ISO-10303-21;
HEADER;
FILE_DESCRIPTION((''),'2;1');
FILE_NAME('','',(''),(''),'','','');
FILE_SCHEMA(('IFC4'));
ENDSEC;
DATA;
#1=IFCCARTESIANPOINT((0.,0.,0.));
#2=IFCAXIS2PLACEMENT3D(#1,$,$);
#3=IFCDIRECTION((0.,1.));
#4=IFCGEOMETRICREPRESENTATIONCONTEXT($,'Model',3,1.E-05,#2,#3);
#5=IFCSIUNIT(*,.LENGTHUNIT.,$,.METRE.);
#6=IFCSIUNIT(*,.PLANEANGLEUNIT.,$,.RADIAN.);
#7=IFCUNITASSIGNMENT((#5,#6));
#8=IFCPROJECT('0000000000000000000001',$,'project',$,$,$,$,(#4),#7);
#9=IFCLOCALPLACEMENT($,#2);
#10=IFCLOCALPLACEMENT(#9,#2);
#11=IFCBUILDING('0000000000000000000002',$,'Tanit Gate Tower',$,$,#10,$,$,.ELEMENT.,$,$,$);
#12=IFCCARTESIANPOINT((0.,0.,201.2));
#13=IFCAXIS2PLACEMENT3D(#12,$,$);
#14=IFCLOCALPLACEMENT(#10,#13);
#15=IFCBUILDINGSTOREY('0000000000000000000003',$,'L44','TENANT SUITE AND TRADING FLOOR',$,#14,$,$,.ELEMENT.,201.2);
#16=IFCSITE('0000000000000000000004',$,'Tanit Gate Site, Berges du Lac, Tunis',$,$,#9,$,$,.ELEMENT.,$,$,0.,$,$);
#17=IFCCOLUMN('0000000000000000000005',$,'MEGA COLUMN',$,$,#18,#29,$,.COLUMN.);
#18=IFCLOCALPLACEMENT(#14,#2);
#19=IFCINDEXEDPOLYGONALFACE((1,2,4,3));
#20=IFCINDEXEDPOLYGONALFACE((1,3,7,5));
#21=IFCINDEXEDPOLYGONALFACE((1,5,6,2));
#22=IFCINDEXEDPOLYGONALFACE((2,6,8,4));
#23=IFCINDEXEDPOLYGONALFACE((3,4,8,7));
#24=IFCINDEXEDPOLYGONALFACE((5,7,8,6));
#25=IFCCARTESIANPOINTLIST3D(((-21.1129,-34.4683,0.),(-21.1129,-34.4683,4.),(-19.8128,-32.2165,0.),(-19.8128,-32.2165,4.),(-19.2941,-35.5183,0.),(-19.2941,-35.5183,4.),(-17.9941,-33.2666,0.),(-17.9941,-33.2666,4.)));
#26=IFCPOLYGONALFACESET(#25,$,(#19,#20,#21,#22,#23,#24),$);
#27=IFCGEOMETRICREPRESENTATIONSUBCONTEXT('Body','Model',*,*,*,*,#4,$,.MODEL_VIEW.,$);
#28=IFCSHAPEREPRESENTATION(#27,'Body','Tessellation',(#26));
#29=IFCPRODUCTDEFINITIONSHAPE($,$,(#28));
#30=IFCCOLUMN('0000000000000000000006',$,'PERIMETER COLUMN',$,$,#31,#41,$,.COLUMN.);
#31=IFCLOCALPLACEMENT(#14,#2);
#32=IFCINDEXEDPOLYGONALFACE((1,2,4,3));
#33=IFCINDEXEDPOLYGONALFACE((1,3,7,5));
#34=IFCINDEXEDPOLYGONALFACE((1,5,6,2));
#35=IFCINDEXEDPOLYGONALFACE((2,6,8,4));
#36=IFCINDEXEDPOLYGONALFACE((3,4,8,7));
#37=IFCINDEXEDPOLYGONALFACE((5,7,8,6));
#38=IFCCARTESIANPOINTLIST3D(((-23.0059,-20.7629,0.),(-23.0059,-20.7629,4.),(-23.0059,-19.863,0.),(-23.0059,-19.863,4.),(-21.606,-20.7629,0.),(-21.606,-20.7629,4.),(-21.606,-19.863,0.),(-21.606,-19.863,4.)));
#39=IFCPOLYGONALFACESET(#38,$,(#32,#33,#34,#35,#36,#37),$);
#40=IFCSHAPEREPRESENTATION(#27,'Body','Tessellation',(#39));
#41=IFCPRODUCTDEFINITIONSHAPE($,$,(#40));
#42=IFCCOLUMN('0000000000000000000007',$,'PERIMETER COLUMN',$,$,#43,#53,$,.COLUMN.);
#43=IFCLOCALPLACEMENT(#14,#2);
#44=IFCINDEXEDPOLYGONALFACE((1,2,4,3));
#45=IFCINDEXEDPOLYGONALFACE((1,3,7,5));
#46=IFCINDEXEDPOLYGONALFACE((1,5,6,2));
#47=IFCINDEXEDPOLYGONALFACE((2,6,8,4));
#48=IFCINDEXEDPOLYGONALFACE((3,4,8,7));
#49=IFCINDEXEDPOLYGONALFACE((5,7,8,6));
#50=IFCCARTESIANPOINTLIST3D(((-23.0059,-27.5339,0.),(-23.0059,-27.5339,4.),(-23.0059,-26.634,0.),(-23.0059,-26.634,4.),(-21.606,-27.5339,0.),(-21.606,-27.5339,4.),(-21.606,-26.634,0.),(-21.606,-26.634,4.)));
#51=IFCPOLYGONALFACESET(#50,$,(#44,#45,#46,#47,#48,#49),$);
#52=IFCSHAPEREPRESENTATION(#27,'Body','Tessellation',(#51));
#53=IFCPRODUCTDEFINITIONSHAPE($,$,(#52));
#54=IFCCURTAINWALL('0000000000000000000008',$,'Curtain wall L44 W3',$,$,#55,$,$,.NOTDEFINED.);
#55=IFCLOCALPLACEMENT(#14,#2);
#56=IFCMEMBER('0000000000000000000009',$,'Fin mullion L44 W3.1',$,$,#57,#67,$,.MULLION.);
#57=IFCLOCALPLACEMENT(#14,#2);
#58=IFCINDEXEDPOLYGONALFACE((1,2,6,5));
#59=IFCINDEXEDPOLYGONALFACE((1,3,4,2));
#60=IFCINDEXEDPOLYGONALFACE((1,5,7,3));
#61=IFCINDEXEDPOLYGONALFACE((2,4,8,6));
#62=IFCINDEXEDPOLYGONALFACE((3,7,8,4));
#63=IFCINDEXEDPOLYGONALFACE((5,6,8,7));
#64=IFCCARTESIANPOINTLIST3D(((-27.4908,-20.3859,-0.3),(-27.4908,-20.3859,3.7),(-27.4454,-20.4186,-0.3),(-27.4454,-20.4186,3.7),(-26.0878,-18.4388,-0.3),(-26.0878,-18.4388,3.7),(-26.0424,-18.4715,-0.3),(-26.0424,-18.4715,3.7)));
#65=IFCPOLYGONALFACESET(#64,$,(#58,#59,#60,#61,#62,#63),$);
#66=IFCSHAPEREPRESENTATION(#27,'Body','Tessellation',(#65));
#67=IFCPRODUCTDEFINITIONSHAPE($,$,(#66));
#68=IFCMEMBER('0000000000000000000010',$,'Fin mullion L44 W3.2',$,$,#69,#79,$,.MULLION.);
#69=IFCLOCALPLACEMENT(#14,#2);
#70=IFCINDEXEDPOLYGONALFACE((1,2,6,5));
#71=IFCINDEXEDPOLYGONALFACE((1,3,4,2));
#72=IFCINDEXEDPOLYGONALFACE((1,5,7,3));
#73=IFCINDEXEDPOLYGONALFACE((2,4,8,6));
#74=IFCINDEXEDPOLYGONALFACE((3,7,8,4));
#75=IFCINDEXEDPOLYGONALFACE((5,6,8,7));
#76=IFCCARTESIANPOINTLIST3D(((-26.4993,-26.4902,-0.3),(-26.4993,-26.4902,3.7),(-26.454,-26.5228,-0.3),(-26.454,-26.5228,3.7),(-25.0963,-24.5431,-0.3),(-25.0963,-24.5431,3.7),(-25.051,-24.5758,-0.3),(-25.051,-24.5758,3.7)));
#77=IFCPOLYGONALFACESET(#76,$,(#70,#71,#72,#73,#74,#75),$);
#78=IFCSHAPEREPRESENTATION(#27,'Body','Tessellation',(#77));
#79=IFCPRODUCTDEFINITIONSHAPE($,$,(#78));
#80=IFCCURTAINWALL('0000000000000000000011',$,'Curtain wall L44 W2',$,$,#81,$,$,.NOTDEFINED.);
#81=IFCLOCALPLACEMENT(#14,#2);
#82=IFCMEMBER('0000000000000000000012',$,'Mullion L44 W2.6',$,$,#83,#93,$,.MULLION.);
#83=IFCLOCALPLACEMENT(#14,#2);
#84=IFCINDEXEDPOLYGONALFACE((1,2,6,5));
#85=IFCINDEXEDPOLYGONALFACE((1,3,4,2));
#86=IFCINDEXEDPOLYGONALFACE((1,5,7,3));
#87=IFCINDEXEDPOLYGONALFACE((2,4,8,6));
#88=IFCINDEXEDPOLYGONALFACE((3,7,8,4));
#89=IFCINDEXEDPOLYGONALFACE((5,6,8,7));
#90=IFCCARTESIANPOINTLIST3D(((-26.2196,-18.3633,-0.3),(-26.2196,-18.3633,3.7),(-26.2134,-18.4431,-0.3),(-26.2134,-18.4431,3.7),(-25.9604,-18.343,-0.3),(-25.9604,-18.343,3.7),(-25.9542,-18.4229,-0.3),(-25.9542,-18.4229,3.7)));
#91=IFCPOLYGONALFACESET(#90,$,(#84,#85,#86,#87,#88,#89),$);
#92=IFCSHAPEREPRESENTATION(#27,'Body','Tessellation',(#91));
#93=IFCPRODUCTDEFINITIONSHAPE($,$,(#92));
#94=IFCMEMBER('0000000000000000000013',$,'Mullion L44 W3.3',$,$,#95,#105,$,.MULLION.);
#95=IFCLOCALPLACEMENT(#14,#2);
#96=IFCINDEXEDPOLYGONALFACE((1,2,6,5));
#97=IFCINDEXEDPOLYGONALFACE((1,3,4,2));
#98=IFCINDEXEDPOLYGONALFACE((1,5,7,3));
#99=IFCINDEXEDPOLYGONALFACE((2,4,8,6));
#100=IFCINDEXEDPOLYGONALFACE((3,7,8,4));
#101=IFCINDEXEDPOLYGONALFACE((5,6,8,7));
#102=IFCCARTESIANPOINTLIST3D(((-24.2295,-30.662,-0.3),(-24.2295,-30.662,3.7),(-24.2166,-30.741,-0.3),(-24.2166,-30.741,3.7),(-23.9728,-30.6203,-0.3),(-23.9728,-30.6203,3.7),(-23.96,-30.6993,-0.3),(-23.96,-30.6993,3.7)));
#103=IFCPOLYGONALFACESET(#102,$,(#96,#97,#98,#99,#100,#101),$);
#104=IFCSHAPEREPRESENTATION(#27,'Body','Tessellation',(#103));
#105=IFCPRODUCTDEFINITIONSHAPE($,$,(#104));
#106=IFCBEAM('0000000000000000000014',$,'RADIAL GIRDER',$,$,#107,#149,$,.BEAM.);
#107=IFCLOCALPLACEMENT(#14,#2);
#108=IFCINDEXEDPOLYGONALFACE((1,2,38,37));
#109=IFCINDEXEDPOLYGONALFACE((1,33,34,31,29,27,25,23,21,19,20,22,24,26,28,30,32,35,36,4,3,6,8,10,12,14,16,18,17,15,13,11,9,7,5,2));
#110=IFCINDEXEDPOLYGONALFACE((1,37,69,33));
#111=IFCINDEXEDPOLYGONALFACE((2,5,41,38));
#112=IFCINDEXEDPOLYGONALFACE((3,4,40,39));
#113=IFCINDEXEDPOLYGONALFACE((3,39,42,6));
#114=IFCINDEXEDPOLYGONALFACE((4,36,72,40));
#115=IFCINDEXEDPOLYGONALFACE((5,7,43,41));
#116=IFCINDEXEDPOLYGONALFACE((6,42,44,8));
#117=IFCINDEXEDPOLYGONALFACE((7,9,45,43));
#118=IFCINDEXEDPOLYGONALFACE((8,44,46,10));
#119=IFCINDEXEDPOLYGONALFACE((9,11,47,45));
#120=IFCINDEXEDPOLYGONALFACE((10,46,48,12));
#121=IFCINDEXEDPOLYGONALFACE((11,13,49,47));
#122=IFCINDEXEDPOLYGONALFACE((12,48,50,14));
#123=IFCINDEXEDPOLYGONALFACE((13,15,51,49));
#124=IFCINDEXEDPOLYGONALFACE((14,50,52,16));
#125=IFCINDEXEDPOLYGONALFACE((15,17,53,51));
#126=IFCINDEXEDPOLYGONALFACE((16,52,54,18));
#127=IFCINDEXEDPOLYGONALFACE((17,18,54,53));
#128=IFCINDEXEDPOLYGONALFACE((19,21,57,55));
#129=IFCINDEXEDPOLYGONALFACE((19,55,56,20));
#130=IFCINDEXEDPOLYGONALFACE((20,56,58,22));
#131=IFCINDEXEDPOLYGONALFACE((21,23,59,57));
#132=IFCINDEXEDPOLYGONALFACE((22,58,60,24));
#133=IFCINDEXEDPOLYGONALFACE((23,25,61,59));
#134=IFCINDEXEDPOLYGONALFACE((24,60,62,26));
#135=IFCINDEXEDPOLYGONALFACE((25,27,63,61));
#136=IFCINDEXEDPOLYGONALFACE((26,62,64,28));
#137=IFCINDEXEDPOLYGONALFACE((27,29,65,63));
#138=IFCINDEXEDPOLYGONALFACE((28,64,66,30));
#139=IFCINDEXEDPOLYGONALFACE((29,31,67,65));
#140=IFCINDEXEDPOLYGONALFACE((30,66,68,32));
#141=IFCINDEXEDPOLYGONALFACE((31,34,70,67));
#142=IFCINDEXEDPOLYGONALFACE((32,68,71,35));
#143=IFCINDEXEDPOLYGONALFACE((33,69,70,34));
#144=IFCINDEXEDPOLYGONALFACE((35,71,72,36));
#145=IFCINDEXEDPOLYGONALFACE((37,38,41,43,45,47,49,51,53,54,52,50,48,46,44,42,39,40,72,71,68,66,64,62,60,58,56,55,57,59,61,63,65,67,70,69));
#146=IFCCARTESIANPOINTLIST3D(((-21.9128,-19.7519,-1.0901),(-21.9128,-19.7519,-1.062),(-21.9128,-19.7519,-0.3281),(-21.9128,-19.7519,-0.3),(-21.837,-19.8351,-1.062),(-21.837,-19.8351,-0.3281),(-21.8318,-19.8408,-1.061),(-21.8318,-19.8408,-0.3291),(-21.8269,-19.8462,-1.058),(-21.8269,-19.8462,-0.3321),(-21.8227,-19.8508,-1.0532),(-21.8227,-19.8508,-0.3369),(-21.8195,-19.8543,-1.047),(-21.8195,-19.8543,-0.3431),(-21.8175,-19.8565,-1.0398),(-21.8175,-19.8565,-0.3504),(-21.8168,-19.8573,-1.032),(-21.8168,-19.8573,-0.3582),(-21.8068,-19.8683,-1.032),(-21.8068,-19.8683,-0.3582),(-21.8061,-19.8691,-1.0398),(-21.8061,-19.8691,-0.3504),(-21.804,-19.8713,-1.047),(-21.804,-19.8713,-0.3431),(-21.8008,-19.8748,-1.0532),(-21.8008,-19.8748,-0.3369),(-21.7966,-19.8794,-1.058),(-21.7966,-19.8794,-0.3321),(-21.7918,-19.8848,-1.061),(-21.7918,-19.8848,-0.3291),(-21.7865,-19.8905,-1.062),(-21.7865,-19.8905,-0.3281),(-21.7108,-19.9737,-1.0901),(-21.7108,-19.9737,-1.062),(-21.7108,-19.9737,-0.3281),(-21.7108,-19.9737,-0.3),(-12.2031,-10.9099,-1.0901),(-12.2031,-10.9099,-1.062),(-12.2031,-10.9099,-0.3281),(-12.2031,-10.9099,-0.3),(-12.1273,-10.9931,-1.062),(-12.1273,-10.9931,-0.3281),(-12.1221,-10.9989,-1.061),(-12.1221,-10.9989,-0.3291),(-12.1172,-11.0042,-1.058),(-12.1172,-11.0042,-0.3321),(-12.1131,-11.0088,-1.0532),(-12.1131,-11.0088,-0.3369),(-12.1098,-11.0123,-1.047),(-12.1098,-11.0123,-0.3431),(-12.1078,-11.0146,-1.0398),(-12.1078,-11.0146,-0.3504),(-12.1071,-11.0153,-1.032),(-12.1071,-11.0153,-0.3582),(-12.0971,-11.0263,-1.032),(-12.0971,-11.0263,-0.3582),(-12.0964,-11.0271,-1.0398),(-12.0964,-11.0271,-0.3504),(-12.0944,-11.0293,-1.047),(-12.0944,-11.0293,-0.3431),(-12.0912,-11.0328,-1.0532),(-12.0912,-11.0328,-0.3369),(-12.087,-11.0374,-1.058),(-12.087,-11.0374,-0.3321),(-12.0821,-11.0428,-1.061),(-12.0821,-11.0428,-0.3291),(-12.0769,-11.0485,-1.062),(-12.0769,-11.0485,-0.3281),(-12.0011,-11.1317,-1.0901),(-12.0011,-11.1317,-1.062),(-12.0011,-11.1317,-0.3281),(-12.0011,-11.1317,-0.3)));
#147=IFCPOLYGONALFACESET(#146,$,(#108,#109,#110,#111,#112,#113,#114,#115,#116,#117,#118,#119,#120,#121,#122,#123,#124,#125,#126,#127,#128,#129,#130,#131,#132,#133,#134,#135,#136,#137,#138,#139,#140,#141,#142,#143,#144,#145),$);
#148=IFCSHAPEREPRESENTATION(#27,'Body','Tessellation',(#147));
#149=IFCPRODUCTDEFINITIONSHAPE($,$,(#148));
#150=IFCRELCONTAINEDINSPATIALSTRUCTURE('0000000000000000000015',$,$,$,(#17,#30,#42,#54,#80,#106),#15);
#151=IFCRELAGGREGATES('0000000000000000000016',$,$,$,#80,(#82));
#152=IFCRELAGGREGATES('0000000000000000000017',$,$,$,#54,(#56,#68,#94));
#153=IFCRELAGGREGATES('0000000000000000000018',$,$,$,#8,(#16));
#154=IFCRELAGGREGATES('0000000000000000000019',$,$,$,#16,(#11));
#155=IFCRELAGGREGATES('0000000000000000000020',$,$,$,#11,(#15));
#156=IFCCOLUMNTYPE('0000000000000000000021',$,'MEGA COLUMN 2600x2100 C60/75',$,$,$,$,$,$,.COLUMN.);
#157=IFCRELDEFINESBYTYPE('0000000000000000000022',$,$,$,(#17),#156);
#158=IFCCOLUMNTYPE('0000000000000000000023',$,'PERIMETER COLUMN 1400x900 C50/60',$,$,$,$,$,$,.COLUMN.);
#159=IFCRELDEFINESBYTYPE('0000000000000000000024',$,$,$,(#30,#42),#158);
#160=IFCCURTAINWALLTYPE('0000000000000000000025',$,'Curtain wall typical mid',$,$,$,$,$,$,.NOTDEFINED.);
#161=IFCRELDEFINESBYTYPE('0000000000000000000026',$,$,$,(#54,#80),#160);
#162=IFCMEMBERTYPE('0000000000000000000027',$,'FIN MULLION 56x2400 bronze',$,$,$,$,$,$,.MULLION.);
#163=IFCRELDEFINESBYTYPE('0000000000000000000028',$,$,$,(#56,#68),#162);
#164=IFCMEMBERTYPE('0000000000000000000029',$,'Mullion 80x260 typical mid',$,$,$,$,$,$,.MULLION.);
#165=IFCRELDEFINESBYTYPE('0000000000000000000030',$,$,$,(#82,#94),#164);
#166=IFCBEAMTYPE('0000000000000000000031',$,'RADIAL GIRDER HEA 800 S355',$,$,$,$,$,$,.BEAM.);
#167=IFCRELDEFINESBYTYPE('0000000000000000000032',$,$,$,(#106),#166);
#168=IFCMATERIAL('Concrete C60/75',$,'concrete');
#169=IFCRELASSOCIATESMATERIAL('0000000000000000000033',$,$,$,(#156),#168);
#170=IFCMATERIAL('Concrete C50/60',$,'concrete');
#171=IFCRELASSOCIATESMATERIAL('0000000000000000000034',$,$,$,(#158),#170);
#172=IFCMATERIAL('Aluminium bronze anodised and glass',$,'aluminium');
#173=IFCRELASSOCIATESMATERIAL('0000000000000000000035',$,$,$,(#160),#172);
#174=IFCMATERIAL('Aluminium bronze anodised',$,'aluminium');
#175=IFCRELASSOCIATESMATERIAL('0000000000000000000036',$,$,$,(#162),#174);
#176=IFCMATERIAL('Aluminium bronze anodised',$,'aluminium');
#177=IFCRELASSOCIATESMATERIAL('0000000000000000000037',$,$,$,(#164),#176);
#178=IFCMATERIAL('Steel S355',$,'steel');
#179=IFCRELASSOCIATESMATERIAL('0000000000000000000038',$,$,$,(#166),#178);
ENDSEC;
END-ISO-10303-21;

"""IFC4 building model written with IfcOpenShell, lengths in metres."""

from ifc_helpers import new_model, si_unit, direction, frame, origin, origin_2d, place, context, subcontext, project, spatial, rectangle, i_section, extrude, material, material_profile, profile_set, type_object, element, aggregate, save


model = new_model("IFC4")

# Units and contexts
model_context = context("Model", 3, precision=1e-05, world=origin(), true_north=direction((0.0, 1.0)))
body_context = subcontext(model_context, "Body", "Model", "MODEL_VIEW")
ifc_project = project(units=[si_unit("LENGTHUNIT", "METRE"), si_unit("PLANEANGLEUNIT", "RADIAN")], contexts=[model_context])

# Site, building, storey
site_placement = place(None, origin())
site = spatial("IfcSite", under=ifc_project, at=site_placement, Name="Tanit Gate Site, Berges du Lac, Tunis", CompositionType="ELEMENT", RefElevation=0.0)
building_placement = place(site_placement, origin())
building = spatial("IfcBuilding", under=site, at=building_placement, Name="Tanit Gate Tower", CompositionType="ELEMENT")
storey_placement = place(building_placement, frame((0.0, 0.0, 201.2)))
storey = spatial("IfcBuildingStorey", under=building, at=storey_placement, Name="L44", Description="TENANT SUITE AND TRADING FLOOR", CompositionType="ELEMENT", Elevation=201.2)

# Columns
ifc_material_1 = material(Name="Concrete C60/75", Category="concrete")
ifc_material_profile_1 = material_profile(ifc_material_1, rectangle(XDim=2.6001, YDim=2.1001, at=origin_2d()), Name="RC 2600x2100")
ifc_profile_set_1 = profile_set([ifc_material_profile_1], Name="Concrete C60/75")
column_type_1 = type_object("IfcColumnType", Name="MEGA COLUMN 2600x2100 C60/75", PredefinedType="COLUMN", material=ifc_profile_set_1)
column_placement = place(storey_placement, frame((-19.5535, -33.8674, 0.0), z_axis=(0.0, 0.0, 1.0), x_axis=(-0.5, -0.866025, 0.0)))
element("IfcColumn", 1, at=column_placement, inside=storey, type_object=column_type_1, Name="MEGA COLUMN", PredefinedType="COLUMN", context=body_context, shape_type="SweptSolid", body=[
    extrude(rectangle(XDim=2.6001, YDim=2.1001, at=origin_2d()), origin(), (0.0, 0.0, 1.0), 4.0),
])
ifc_material_2 = material(Name="Concrete C50/60", Category="concrete")
ifc_material_profile_2 = material_profile(ifc_material_2, rectangle(XDim=1.3999, YDim=0.8999, at=origin_2d()), Name="RC 1400x900")
ifc_profile_set_2 = profile_set([ifc_material_profile_2], Name="Concrete C50/60")
column_type_2 = type_object("IfcColumnType", Name="PERIMETER COLUMN 1400x900 C50/60", PredefinedType="COLUMN", material=ifc_profile_set_2)
for number, where, z_axis, x_axis, name in (
    (2, (-22.3059, -20.313, 0.0), (0.0, 0.0, 1.0), (-1.0, 0.0, 0.0), "PERIMETER COLUMN"),
    (3, (-22.3059, -27.084, 0.0), (0.0, 0.0, 1.0), (-1.0, 0.0, 0.0), "PERIMETER COLUMN"),
):
    element("IfcColumn", number, at=place(storey_placement, frame(where, z_axis=z_axis, x_axis=x_axis)), inside=storey, type_object=column_type_2, Name=name, PredefinedType="COLUMN", context=body_context, shape_type="SweptSolid", body=[
        extrude(rectangle(XDim=1.3999, YDim=0.8999, at=origin_2d()), origin(), (0.0, 0.0, 1.0), 4.0),
    ])

# Curtain wall, members
ifc_material_3 = material(Name="Aluminium bronze anodised and glass", Category="aluminium")
curtain_wall_type = type_object("IfcCurtainWallType", Name="Curtain wall typical mid", PredefinedType="NOTDEFINED", material=ifc_material_3)
curtain_wall_1_placement = place(storey_placement, origin())
curtain_wall_1 = element("IfcCurtainWall", 4, at=curtain_wall_1_placement, inside=storey, type_object=curtain_wall_type, Name="Curtain wall L44 W3", PredefinedType="NOTDEFINED")
ifc_material_4 = material(Name="Aluminium bronze anodised", Category="aluminium")
ifc_material_profile_3 = material_profile(ifc_material_4, rectangle(XDim=2.3999, YDim=0.0559, at=origin_2d()), Name="56x2400 bronze fin mullion")
ifc_profile_set_3 = profile_set([ifc_material_profile_3], Name="Aluminium bronze anodised")
member_type_1 = type_object("IfcMemberType", Name="FIN MULLION 56x2400 bronze", PredefinedType="MULLION", material=ifc_profile_set_3)
member_1_placement = place(storey_placement, frame((-26.7666, -19.4287, -0.3), z_axis=(0.0, 0.0, 1.0), x_axis=(0.584614, 0.811312, 0.0)))
member_1 = element("IfcMember", 5, at=member_1_placement, type_object=member_type_1, Name="Fin mullion L44 W3.1", PredefinedType="MULLION", context=body_context, shape_type="SweptSolid", body=[
    extrude(rectangle(XDim=2.3999, YDim=0.0559, at=origin_2d()), origin(), (0.0, 0.0, 1.0), 4.0),
])
member_2_placement = place(storey_placement, frame((-25.7751, -25.533, -0.3), z_axis=(0.0, 0.0, 1.0), x_axis=(0.584614, 0.811312, 0.0)))
member_2 = element("IfcMember", 6, at=member_2_placement, type_object=member_type_1, Name="Fin mullion L44 W3.2", PredefinedType="MULLION", context=body_context, shape_type="SweptSolid", body=[
    extrude(rectangle(XDim=2.3999, YDim=0.0559, at=origin_2d()), origin(), (0.0, 0.0, 1.0), 4.0),
])

# Curtain wall, member
curtain_wall_2_placement = place(storey_placement, origin())
curtain_wall_2 = element("IfcCurtainWall", 7, at=curtain_wall_2_placement, inside=storey, type_object=curtain_wall_type, Name="Curtain wall L44 W2", PredefinedType="NOTDEFINED")
ifc_material_5 = material(Name="Aluminium bronze anodised", Category="aluminium")
ifc_material_profile_4 = material_profile(ifc_material_5, rectangle(XDim=0.26, YDim=0.0801, at=origin_2d()), Name="80x260 bronze mullion")
ifc_profile_set_4 = profile_set([ifc_material_profile_4], Name="Aluminium bronze anodised")
member_type_2 = type_object("IfcMemberType", Name="Mullion 80x260 typical mid", PredefinedType="MULLION", material=ifc_profile_set_4)
member_3_placement = place(storey_placement, frame((-26.0869, -18.3931, -0.3), z_axis=(0.0, 0.0, 1.0), x_axis=(0.996966, 0.077839, 0.0)))
member_3 = element("IfcMember", 8, at=member_3_placement, type_object=member_type_2, Name="Mullion L44 W2.6", PredefinedType="MULLION", context=body_context, shape_type="SweptSolid", body=[
    extrude(rectangle(XDim=0.26, YDim=0.0801, at=origin_2d()), origin(), (0.0, 0.0, 1.0), 4.0),
])

# Member
member_4_placement = place(storey_placement, frame((-24.0947, -30.6807, -0.3), z_axis=(0.0, 0.0, 1.0), x_axis=(0.987068, 0.1603, 0.0)))
member_4 = element("IfcMember", 9, at=member_4_placement, type_object=member_type_2, Name="Mullion L44 W3.3", PredefinedType="MULLION", context=body_context, shape_type="SweptSolid", body=[
    extrude(rectangle(XDim=0.26, YDim=0.0801, at=origin_2d()), origin(), (0.0, 0.0, 1.0), 4.0),
])

# Beam
ifc_material_6 = material(Name="Steel S355", Category="steel")
ifc_material_profile_5 = material_profile(ifc_material_6, i_section(OverallWidth=0.3, OverallDepth=0.79, WebThickness=0.0149, FlangeThickness=0.0281, FilletRadius=0.03, at=origin_2d()), Name="HEA 800")
ifc_profile_set_5 = profile_set([ifc_material_profile_5], Name="Steel S355")
beam_type_1 = type_object("IfcBeamType", Name="RADIAL GIRDER HEA 800 S355", PredefinedType="BEAM", material=ifc_profile_set_5)
beam_1_placement = place(storey_placement, frame((-21.8118, -19.8628, -0.6951), z_axis=(0.73937, 0.673299, 0.0), x_axis=(-0.673299, 0.73937, 0.0)))
element("IfcBeam", 10, at=beam_1_placement, inside=storey, type_object=beam_type_1, Name="RADIAL GIRDER", PredefinedType="BEAM", context=body_context, shape_type="SweptSolid", body=[
    extrude(i_section(OverallWidth=0.3, OverallDepth=0.79, WebThickness=0.0149, FlangeThickness=0.0281, FilletRadius=0.03, at=origin_2d()), origin(), (0.0, 0.0, 1.0), 13.1323),
])

aggregate(curtain_wall_2, [member_3])
aggregate(curtain_wall_1, [member_1, member_2, member_4])

save(model, "model.ifc")
